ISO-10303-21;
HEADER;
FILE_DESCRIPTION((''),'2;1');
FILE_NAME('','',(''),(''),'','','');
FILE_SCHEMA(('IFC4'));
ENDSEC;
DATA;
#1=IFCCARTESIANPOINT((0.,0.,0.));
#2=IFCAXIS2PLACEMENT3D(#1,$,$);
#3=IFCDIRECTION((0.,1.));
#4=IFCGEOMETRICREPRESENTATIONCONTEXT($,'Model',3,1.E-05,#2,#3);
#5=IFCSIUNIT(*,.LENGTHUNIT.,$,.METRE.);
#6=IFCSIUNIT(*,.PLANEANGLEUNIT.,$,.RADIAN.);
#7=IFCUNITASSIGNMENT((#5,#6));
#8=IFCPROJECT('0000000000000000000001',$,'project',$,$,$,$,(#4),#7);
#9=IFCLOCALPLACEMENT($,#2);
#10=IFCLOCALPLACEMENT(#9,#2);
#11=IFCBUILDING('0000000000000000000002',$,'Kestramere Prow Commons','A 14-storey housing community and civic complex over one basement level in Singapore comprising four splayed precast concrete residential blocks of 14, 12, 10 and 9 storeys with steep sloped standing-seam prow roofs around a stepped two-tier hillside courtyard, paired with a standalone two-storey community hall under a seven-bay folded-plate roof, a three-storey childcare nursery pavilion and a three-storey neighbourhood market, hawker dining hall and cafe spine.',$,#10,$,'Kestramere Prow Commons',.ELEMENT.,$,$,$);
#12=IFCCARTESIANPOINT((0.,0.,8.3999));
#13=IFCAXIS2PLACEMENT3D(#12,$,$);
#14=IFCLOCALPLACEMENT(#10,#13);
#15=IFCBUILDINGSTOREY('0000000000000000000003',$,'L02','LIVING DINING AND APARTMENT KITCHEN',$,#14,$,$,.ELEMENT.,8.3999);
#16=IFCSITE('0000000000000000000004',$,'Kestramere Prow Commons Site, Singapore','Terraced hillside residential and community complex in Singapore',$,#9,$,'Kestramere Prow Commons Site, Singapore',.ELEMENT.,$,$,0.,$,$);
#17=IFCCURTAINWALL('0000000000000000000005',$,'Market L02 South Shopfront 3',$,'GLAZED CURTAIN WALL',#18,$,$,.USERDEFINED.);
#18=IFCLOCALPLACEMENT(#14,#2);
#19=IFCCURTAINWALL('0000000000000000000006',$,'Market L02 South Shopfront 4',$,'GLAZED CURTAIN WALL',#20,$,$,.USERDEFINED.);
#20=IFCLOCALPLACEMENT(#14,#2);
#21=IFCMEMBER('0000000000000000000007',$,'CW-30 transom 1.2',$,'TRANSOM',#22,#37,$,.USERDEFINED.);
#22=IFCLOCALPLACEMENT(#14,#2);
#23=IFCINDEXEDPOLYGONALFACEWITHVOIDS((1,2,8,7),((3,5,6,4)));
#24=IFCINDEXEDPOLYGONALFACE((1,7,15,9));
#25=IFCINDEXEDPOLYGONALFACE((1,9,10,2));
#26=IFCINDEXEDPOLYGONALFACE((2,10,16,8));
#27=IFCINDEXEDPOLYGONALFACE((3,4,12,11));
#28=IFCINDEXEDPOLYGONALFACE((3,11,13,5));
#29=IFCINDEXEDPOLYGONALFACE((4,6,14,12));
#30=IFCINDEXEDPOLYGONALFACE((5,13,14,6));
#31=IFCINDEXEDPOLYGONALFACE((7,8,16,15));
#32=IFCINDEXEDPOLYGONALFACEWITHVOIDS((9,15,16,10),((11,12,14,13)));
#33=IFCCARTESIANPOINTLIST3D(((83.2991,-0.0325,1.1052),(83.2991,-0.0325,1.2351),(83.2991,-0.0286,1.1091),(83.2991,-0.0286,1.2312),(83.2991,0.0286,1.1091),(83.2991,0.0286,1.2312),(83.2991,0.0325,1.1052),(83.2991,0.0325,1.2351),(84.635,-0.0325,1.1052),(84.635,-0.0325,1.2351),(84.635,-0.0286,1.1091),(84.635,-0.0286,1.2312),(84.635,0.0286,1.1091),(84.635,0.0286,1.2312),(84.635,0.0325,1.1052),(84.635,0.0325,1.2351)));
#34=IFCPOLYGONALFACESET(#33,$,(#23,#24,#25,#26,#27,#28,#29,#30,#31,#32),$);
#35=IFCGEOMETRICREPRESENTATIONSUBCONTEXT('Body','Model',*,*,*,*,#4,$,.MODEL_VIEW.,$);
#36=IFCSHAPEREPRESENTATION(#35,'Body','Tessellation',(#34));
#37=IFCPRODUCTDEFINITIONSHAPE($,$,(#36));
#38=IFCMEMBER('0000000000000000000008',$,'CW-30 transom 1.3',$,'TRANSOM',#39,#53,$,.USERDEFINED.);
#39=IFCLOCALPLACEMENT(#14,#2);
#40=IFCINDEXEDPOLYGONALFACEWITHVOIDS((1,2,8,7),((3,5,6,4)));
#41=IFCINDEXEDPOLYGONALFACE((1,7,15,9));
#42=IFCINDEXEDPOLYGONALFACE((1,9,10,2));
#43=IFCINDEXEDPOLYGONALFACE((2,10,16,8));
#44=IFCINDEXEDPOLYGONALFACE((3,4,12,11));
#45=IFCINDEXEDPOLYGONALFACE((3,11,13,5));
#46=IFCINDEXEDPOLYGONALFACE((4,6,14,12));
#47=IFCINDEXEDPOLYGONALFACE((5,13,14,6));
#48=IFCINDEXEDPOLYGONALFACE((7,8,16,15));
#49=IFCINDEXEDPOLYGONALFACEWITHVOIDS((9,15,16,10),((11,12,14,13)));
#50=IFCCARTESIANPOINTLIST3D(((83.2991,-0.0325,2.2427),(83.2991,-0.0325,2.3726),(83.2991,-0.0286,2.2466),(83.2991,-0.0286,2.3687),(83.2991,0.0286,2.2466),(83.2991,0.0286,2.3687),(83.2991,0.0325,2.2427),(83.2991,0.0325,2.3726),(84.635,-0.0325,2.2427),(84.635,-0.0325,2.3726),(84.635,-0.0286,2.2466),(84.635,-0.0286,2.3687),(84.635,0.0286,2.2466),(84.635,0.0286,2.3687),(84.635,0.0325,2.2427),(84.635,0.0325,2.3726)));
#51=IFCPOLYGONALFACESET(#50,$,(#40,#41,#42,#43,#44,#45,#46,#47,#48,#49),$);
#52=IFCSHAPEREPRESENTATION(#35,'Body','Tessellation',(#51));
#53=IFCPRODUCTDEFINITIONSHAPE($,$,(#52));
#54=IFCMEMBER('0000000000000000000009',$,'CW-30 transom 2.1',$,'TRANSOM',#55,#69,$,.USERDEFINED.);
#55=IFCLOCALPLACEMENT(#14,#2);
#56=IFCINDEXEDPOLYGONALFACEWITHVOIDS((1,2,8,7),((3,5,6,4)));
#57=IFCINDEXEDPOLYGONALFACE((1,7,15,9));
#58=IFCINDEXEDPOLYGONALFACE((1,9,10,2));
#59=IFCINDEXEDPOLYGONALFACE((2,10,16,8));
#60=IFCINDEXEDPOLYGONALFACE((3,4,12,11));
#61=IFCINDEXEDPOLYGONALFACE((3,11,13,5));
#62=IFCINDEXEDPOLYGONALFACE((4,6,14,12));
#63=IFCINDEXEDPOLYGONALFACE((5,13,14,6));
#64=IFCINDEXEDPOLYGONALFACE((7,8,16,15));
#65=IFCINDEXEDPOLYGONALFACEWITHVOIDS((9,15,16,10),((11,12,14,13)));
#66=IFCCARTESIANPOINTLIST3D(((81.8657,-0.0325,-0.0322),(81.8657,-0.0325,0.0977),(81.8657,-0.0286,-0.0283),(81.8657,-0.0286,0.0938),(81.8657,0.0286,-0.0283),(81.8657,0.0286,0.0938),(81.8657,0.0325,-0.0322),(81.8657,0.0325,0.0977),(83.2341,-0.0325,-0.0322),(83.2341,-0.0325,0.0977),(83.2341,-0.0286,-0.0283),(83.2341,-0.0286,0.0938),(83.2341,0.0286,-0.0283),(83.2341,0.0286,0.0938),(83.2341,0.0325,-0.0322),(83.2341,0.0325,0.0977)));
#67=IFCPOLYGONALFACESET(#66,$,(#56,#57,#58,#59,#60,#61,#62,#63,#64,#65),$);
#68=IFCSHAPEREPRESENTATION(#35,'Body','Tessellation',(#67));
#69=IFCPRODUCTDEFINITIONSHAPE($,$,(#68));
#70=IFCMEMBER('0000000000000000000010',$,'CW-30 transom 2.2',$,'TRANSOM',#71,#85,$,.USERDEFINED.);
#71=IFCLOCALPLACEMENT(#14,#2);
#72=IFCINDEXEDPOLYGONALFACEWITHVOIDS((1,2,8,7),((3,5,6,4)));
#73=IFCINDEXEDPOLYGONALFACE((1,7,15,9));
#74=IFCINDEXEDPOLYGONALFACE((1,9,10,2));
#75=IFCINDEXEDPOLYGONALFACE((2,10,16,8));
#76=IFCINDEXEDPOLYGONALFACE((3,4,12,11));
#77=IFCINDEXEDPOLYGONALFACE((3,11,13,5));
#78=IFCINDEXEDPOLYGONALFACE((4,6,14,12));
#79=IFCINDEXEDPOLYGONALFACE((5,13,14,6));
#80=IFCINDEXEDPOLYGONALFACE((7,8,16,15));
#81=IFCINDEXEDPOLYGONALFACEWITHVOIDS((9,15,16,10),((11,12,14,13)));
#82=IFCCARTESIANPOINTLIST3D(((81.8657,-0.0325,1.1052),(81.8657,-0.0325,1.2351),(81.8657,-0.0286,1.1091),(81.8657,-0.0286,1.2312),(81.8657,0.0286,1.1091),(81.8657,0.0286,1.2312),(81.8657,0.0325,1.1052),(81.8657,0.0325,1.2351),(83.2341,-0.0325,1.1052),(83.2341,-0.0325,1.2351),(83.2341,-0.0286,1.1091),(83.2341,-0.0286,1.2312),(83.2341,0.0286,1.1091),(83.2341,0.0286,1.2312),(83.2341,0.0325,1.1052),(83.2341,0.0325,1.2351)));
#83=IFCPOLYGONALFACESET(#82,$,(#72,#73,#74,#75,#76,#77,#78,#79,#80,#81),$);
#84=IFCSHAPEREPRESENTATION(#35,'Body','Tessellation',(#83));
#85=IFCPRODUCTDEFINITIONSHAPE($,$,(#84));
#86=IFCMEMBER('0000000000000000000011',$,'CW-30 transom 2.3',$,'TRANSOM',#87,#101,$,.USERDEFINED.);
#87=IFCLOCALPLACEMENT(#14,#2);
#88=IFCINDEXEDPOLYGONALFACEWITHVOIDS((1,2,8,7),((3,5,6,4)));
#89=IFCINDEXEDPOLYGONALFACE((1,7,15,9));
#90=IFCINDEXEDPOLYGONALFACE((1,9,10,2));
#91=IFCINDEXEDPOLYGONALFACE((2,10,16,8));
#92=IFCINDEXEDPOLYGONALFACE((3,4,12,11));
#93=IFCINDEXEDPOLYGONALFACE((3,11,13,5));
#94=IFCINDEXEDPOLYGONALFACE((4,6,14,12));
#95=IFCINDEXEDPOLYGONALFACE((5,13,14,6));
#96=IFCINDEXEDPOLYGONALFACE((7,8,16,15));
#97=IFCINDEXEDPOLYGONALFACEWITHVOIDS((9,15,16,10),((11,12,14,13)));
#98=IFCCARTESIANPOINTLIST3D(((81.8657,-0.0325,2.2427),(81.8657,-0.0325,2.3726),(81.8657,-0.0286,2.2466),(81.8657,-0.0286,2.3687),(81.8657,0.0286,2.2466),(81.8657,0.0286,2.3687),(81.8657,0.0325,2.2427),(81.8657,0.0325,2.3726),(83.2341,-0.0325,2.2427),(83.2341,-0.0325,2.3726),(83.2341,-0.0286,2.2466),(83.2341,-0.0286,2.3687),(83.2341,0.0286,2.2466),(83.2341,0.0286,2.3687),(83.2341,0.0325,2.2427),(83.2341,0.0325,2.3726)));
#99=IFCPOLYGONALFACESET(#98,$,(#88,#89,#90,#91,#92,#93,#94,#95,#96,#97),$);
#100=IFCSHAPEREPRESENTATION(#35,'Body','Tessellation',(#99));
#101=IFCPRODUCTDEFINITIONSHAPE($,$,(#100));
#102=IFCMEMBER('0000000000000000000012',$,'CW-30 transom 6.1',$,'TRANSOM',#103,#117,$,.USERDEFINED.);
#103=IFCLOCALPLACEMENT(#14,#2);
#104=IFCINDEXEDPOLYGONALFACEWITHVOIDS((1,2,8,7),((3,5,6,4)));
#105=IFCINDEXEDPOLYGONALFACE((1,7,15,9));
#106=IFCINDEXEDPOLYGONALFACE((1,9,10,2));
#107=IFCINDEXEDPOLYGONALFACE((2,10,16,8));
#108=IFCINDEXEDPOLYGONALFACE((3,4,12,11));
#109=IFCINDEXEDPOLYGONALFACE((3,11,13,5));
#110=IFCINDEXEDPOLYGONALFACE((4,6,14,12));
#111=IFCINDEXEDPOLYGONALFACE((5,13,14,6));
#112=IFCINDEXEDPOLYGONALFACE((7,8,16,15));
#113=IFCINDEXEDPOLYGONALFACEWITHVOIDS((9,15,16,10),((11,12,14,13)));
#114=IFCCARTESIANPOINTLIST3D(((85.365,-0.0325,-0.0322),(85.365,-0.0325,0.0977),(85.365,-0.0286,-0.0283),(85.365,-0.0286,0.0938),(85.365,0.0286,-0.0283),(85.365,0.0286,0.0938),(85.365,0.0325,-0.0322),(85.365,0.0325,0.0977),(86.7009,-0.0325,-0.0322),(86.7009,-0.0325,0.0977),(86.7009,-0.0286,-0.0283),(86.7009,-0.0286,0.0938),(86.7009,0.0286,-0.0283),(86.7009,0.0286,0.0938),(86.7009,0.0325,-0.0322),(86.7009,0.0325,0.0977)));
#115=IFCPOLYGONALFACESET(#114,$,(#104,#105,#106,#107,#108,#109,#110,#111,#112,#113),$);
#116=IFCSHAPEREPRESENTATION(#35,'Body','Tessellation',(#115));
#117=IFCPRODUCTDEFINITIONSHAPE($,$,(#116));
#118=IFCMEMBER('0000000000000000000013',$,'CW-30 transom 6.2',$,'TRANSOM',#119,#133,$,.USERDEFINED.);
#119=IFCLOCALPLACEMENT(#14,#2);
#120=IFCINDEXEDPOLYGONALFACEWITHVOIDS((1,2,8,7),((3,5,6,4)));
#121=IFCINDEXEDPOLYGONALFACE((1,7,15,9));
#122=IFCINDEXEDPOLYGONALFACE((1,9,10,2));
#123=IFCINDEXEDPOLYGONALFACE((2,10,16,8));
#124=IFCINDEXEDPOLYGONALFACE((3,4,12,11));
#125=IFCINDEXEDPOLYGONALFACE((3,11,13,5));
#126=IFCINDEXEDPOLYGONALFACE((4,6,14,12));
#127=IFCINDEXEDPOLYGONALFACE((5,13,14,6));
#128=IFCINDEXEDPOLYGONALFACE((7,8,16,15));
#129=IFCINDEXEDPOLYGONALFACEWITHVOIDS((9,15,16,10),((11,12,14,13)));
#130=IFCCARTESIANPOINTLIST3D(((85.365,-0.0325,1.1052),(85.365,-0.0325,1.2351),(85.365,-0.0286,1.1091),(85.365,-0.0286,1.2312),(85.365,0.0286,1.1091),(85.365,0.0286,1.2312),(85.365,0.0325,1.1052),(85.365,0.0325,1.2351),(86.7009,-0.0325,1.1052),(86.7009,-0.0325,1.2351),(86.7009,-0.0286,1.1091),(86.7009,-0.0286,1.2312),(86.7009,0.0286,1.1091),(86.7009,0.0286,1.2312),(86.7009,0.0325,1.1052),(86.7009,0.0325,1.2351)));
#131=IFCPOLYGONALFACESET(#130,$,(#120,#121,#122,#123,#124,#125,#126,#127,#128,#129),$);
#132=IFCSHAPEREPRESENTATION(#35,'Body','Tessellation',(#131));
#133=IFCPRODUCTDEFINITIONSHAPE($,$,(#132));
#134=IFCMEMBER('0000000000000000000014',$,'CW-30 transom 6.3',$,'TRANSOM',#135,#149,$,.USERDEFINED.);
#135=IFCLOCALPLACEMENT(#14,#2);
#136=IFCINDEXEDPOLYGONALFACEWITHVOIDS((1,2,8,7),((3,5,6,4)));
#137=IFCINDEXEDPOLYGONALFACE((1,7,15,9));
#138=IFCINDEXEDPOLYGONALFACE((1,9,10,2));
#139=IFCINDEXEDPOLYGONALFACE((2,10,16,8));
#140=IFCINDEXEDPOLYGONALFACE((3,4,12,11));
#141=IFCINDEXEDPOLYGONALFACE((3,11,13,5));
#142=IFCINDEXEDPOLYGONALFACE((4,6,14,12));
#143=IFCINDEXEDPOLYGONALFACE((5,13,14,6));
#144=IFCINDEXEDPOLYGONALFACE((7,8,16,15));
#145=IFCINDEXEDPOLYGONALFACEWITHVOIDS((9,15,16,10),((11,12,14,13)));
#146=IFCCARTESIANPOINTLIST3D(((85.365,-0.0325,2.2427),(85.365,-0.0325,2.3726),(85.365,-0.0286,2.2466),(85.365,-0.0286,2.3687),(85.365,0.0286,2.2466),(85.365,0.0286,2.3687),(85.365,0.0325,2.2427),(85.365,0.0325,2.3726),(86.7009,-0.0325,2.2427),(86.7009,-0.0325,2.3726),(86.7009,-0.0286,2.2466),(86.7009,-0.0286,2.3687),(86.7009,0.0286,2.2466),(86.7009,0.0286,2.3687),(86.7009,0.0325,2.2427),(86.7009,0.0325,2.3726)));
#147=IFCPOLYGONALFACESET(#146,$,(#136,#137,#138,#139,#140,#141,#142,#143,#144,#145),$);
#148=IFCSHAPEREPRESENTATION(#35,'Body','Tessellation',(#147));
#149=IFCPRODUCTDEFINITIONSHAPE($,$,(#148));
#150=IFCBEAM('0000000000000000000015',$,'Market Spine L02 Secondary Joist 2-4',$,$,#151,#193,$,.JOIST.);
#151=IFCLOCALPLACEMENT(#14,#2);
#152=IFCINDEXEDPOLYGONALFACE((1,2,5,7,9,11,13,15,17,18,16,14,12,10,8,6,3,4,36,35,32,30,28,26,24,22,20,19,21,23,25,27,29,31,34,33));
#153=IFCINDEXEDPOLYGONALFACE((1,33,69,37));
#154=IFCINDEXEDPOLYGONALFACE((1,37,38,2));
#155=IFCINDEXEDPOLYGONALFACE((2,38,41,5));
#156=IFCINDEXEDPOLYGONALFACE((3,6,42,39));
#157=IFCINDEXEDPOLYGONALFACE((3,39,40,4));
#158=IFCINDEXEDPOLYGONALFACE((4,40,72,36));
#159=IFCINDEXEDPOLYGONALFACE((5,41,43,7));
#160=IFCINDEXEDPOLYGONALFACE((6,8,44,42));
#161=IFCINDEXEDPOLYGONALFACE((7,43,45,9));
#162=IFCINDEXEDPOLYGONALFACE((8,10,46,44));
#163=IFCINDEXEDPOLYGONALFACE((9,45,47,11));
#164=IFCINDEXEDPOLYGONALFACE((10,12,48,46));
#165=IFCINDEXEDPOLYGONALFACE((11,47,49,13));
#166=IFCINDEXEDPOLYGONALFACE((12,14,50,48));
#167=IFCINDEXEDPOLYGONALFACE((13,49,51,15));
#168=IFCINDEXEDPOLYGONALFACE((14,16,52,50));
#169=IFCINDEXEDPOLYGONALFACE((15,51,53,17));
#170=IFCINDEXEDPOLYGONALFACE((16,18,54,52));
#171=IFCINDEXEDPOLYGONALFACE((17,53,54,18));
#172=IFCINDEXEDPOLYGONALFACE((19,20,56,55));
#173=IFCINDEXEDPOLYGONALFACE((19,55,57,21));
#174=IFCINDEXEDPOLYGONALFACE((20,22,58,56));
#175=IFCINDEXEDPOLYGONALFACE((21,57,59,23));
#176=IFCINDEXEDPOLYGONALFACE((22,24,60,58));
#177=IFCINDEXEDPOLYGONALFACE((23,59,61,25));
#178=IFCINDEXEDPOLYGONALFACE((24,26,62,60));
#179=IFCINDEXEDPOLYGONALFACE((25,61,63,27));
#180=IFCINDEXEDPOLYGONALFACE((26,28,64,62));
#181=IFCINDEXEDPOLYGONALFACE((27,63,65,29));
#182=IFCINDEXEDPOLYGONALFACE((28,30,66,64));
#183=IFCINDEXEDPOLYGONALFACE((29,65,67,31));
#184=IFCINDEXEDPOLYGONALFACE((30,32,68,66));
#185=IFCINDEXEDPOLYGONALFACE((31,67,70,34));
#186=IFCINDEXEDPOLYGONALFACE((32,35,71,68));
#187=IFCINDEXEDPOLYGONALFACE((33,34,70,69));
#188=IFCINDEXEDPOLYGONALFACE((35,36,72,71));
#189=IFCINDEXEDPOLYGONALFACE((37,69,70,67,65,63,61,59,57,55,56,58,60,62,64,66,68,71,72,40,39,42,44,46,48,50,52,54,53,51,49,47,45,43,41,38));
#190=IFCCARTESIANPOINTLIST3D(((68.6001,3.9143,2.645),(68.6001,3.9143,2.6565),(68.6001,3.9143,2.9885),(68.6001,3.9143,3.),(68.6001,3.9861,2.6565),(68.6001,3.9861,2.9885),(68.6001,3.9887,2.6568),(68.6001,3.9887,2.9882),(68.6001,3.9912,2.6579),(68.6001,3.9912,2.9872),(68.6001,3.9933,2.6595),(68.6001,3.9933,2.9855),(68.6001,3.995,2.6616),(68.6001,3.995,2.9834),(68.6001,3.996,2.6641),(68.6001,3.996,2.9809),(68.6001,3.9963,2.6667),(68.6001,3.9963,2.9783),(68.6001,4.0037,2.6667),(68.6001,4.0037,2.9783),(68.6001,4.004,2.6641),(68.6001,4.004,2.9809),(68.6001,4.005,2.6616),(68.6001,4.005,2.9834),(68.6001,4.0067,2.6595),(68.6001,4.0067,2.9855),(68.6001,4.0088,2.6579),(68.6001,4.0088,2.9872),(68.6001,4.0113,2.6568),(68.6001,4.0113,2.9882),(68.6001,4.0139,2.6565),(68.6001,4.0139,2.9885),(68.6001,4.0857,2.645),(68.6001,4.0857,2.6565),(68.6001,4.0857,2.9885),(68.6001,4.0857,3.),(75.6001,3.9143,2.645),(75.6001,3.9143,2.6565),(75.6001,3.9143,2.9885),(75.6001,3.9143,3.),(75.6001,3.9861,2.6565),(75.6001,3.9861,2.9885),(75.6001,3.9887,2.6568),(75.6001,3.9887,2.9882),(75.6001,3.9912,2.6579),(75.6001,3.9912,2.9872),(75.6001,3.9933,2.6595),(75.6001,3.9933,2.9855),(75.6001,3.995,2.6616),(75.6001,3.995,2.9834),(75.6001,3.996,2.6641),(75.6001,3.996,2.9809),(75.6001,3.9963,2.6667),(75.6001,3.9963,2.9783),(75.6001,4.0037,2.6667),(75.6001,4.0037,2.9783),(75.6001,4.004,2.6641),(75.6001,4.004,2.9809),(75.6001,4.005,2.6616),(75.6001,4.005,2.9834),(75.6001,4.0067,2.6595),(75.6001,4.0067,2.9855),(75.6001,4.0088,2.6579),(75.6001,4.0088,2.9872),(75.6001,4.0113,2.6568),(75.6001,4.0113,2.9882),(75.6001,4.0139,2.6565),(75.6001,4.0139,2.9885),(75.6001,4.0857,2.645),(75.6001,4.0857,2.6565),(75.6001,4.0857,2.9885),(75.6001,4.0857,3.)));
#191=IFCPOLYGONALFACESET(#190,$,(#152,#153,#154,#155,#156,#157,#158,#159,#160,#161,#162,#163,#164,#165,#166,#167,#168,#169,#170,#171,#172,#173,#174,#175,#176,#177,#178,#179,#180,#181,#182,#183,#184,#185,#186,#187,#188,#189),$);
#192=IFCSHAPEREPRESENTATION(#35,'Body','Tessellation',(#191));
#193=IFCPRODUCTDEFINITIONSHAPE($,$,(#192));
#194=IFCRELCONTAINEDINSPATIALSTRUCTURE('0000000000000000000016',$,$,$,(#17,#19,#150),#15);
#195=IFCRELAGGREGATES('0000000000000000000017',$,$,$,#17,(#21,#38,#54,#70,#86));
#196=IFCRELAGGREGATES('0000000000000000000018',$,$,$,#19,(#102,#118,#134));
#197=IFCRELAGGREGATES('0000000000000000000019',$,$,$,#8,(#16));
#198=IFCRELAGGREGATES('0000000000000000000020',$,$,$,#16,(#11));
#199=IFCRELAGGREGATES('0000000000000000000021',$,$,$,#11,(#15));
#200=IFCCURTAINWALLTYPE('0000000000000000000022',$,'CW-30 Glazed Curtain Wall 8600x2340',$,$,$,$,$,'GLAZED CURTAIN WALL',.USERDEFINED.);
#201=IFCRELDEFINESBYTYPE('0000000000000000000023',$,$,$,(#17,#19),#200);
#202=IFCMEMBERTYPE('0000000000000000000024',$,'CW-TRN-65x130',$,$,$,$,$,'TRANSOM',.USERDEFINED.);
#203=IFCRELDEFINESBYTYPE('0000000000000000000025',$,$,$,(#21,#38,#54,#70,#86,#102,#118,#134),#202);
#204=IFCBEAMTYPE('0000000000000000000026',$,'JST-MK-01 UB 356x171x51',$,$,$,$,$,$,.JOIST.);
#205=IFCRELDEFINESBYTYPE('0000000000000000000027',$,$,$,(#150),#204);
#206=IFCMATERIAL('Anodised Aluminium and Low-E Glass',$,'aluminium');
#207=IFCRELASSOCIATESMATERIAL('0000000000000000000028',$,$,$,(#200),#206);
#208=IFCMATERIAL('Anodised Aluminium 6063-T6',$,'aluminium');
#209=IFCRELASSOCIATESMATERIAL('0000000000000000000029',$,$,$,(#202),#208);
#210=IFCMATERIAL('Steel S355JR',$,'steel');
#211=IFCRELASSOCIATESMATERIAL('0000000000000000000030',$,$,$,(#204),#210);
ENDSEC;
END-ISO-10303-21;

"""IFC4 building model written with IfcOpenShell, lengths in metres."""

from ifc_helpers import new_model, si_unit, direction, frame, origin, origin_2d, place, context, subcontext, project, spatial, hollow_rectangle, i_section, extrude, material, material_profile, profile_set, type_object, element, aggregate, save


model = new_model("IFC4")

# Units and contexts
model_context = context("Model", 3, precision=1e-05, world=origin(), true_north=direction((0.0, 1.0)))
body_context = subcontext(model_context, "Body", "Model", "MODEL_VIEW")
ifc_project = project(units=[si_unit("LENGTHUNIT", "METRE"), si_unit("PLANEANGLEUNIT", "RADIAN")], contexts=[model_context])

# Site, building, storey
site_placement = place(None, origin())
site = spatial("IfcSite", under=ifc_project, at=site_placement, Name="Kestramere Prow Commons Site, Singapore", Description="Terraced hillside residential and community complex in Singapore", LongName="Kestramere Prow Commons Site, Singapore", CompositionType="ELEMENT", RefElevation=0.0)
building_placement = place(site_placement, origin())
building = spatial("IfcBuilding", under=site, at=building_placement, Name="Kestramere Prow Commons", Description="A 14-storey housing community and civic complex over one basement level in Singapore comprising four splayed precast concrete residential blocks of 14, 12, 10 and 9 storeys with steep sloped standing-seam prow roofs around a stepped two-tier hillside courtyard, paired with a standalone two-storey community hall under a seven-bay folded-plate roof, a three-storey childcare nursery pavilion and a three-storey neighbourhood market, hawker dining hall and cafe spine.", LongName="Kestramere Prow Commons", CompositionType="ELEMENT")
storey_placement = place(building_placement, frame((0.0, 0.0, 8.3999)))
storey = spatial("IfcBuildingStorey", under=building, at=storey_placement, Name="L02", Description="LIVING DINING AND APARTMENT KITCHEN", CompositionType="ELEMENT", Elevation=8.3999)

# Shared definitions
ifc_material_1 = material(Name="Steel S355JR", Category="steel")

# Curtain walls
ifc_material_2 = material(Name="Anodised Aluminium and Low-E Glass", Category="aluminium")
curtain_wall_type = type_object("IfcCurtainWallType", Name="CW-30 Glazed Curtain Wall 8600x2340", ElementType="GLAZED CURTAIN WALL", PredefinedType="USERDEFINED", material=ifc_material_2)
curtain_wall_1_placement = place(storey_placement, origin())
curtain_wall_1 = element("IfcCurtainWall", 1, at=curtain_wall_1_placement, inside=storey, type_object=curtain_wall_type, Name="Market L02 South Shopfront 3", ObjectType="GLAZED CURTAIN WALL", PredefinedType="USERDEFINED")
ifc_material_3 = material(Name="Anodised Aluminium 6063-T6", Category="aluminium")
curtain_wall_2_placement = place(storey_placement, origin())
curtain_wall_2 = element("IfcCurtainWall", 2, at=curtain_wall_2_placement, inside=storey, type_object=curtain_wall_type, Name="Market L02 South Shopfront 4", ObjectType="GLAZED CURTAIN WALL", PredefinedType="USERDEFINED")

# Members
ifc_material_profile_1 = material_profile(ifc_material_3, hollow_rectangle(XDim=0.0649, YDim=0.1299, WallThickness=0.0039, at=origin_2d()), Name="ALU-TRN 65x130")
ifc_profile_set_1 = profile_set([ifc_material_profile_1], Name="Anodised Aluminium 6063-T6")
member_type_1 = type_object("IfcMemberType", Name="CW-TRN-65x130", ElementType="TRANSOM", PredefinedType="USERDEFINED", material=ifc_profile_set_1)
member_1_placement = place(storey_placement, frame((84.635, 0.0, 1.1702), z_axis=(-1.0, 0.0, 0.0), x_axis=(0.0, -1.0, 0.0)))
member_1 = element("IfcMember", 3, at=member_1_placement, type_object=member_type_1, Name="CW-30 transom 1.2", ObjectType="TRANSOM", PredefinedType="USERDEFINED", context=body_context, shape_type="SweptSolid", body=[
    extrude(hollow_rectangle(XDim=0.0649, YDim=0.1299, WallThickness=0.0039, at=origin_2d()), origin(), (0.0, 0.0, 1.0), 1.3359),
])
member_2_placement = place(storey_placement, frame((84.635, 0.0, 2.3076), z_axis=(-1.0, 0.0, 0.0), x_axis=(0.0, -1.0, 0.0)))
member_2 = element("IfcMember", 4, at=member_2_placement, type_object=member_type_1, Name="CW-30 transom 1.3", ObjectType="TRANSOM", PredefinedType="USERDEFINED", context=body_context, shape_type="SweptSolid", body=[
    extrude(hollow_rectangle(XDim=0.0649, YDim=0.1299, WallThickness=0.0039, at=origin_2d()), origin(), (0.0, 0.0, 1.0), 1.3359),
])
member_3_placement = place(storey_placement, frame((83.2341, 0.0, 0.0327), z_axis=(-1.0, 0.0, 0.0), x_axis=(0.0, -1.0, 0.0)))
member_3 = element("IfcMember", 5, at=member_3_placement, type_object=member_type_1, Name="CW-30 transom 2.1", ObjectType="TRANSOM", PredefinedType="USERDEFINED", context=body_context, shape_type="SweptSolid", body=[
    extrude(hollow_rectangle(XDim=0.0649, YDim=0.1299, WallThickness=0.0039, at=origin_2d()), origin(), (0.0, 0.0, 1.0), 1.3684),
])
member_4_placement = place(storey_placement, frame((83.2341, 0.0, 1.1702), z_axis=(-1.0, 0.0, 0.0), x_axis=(0.0, -1.0, 0.0)))
member_4 = element("IfcMember", 6, at=member_4_placement, type_object=member_type_1, Name="CW-30 transom 2.2", ObjectType="TRANSOM", PredefinedType="USERDEFINED", context=body_context, shape_type="SweptSolid", body=[
    extrude(hollow_rectangle(XDim=0.0649, YDim=0.1299, WallThickness=0.0039, at=origin_2d()), origin(), (0.0, 0.0, 1.0), 1.3684),
])
member_5_placement = place(storey_placement, frame((83.2341, 0.0, 2.3076), z_axis=(-1.0, 0.0, 0.0), x_axis=(0.0, -1.0, 0.0)))
member_5 = element("IfcMember", 7, at=member_5_placement, type_object=member_type_1, Name="CW-30 transom 2.3", ObjectType="TRANSOM", PredefinedType="USERDEFINED", context=body_context, shape_type="SweptSolid", body=[
    extrude(hollow_rectangle(XDim=0.0649, YDim=0.1299, WallThickness=0.0039, at=origin_2d()), origin(), (0.0, 0.0, 1.0), 1.3684),
])
member_6_placement = place(storey_placement, frame((86.7009, 0.0, 0.0327), z_axis=(-1.0, 0.0, 0.0), x_axis=(0.0, -1.0, 0.0)))
member_6 = element("IfcMember", 8, at=member_6_placement, type_object=member_type_1, Name="CW-30 transom 6.1", ObjectType="TRANSOM", PredefinedType="USERDEFINED", context=body_context, shape_type="SweptSolid", body=[
    extrude(hollow_rectangle(XDim=0.0649, YDim=0.1299, WallThickness=0.0039, at=origin_2d()), origin(), (0.0, 0.0, 1.0), 1.3359),
])
member_7_placement = place(storey_placement, frame((86.7009, 0.0, 1.1702), z_axis=(-1.0, 0.0, 0.0), x_axis=(0.0, -1.0, 0.0)))
member_7 = element("IfcMember", 9, at=member_7_placement, type_object=member_type_1, Name="CW-30 transom 6.2", ObjectType="TRANSOM", PredefinedType="USERDEFINED", context=body_context, shape_type="SweptSolid", body=[
    extrude(hollow_rectangle(XDim=0.0649, YDim=0.1299, WallThickness=0.0039, at=origin_2d()), origin(), (0.0, 0.0, 1.0), 1.3359),
])
member_8_placement = place(storey_placement, frame((86.7009, 0.0, 2.3076), z_axis=(-1.0, 0.0, 0.0), x_axis=(0.0, -1.0, 0.0)))
member_8 = element("IfcMember", 10, at=member_8_placement, type_object=member_type_1, Name="CW-30 transom 6.3", ObjectType="TRANSOM", PredefinedType="USERDEFINED", context=body_context, shape_type="SweptSolid", body=[
    extrude(hollow_rectangle(XDim=0.0649, YDim=0.1299, WallThickness=0.0039, at=origin_2d()), origin(), (0.0, 0.0, 1.0), 1.3359),
])

# Beam
ifc_material_profile_2 = material_profile(ifc_material_1, i_section(OverallWidth=0.1714, OverallDepth=0.355, WebThickness=0.0073, FlangeThickness=0.0115, FilletRadius=0.0103, at=origin_2d()), Name="UB 356x171x51")
ifc_profile_set_2 = profile_set([ifc_material_profile_2], Name="Steel S355JR")
beam_type_1 = type_object("IfcBeamType", Name="JST-MK-01 UB 356x171x51", PredefinedType="JOIST", material=ifc_profile_set_2)
for number, where, z_axis, x_axis, name in (
    (11, (68.6001, 4.0, 2.8225), (1.0, 0.0, 0.0), (0.0, 1.0, 0.0), "Market Spine L02 Secondary Joist 2-4"),
):
    element("IfcBeam", number, at=place(storey_placement, frame(where, z_axis=z_axis, x_axis=x_axis)), inside=storey, type_object=beam_type_1, Name=name, PredefinedType="JOIST", context=body_context, shape_type="SweptSolid", body=[
        extrude(i_section(OverallWidth=0.1714, OverallDepth=0.355, WebThickness=0.0073, FlangeThickness=0.0115, FilletRadius=0.0103, at=origin_2d()), origin(), (0.0, 0.0, 1.0), 7.0),
    ])

aggregate(curtain_wall_1, [member_1, member_2, member_3, member_4, member_5])
aggregate(curtain_wall_2, [member_6, member_7, member_8])

save(model, "model.ifc")
